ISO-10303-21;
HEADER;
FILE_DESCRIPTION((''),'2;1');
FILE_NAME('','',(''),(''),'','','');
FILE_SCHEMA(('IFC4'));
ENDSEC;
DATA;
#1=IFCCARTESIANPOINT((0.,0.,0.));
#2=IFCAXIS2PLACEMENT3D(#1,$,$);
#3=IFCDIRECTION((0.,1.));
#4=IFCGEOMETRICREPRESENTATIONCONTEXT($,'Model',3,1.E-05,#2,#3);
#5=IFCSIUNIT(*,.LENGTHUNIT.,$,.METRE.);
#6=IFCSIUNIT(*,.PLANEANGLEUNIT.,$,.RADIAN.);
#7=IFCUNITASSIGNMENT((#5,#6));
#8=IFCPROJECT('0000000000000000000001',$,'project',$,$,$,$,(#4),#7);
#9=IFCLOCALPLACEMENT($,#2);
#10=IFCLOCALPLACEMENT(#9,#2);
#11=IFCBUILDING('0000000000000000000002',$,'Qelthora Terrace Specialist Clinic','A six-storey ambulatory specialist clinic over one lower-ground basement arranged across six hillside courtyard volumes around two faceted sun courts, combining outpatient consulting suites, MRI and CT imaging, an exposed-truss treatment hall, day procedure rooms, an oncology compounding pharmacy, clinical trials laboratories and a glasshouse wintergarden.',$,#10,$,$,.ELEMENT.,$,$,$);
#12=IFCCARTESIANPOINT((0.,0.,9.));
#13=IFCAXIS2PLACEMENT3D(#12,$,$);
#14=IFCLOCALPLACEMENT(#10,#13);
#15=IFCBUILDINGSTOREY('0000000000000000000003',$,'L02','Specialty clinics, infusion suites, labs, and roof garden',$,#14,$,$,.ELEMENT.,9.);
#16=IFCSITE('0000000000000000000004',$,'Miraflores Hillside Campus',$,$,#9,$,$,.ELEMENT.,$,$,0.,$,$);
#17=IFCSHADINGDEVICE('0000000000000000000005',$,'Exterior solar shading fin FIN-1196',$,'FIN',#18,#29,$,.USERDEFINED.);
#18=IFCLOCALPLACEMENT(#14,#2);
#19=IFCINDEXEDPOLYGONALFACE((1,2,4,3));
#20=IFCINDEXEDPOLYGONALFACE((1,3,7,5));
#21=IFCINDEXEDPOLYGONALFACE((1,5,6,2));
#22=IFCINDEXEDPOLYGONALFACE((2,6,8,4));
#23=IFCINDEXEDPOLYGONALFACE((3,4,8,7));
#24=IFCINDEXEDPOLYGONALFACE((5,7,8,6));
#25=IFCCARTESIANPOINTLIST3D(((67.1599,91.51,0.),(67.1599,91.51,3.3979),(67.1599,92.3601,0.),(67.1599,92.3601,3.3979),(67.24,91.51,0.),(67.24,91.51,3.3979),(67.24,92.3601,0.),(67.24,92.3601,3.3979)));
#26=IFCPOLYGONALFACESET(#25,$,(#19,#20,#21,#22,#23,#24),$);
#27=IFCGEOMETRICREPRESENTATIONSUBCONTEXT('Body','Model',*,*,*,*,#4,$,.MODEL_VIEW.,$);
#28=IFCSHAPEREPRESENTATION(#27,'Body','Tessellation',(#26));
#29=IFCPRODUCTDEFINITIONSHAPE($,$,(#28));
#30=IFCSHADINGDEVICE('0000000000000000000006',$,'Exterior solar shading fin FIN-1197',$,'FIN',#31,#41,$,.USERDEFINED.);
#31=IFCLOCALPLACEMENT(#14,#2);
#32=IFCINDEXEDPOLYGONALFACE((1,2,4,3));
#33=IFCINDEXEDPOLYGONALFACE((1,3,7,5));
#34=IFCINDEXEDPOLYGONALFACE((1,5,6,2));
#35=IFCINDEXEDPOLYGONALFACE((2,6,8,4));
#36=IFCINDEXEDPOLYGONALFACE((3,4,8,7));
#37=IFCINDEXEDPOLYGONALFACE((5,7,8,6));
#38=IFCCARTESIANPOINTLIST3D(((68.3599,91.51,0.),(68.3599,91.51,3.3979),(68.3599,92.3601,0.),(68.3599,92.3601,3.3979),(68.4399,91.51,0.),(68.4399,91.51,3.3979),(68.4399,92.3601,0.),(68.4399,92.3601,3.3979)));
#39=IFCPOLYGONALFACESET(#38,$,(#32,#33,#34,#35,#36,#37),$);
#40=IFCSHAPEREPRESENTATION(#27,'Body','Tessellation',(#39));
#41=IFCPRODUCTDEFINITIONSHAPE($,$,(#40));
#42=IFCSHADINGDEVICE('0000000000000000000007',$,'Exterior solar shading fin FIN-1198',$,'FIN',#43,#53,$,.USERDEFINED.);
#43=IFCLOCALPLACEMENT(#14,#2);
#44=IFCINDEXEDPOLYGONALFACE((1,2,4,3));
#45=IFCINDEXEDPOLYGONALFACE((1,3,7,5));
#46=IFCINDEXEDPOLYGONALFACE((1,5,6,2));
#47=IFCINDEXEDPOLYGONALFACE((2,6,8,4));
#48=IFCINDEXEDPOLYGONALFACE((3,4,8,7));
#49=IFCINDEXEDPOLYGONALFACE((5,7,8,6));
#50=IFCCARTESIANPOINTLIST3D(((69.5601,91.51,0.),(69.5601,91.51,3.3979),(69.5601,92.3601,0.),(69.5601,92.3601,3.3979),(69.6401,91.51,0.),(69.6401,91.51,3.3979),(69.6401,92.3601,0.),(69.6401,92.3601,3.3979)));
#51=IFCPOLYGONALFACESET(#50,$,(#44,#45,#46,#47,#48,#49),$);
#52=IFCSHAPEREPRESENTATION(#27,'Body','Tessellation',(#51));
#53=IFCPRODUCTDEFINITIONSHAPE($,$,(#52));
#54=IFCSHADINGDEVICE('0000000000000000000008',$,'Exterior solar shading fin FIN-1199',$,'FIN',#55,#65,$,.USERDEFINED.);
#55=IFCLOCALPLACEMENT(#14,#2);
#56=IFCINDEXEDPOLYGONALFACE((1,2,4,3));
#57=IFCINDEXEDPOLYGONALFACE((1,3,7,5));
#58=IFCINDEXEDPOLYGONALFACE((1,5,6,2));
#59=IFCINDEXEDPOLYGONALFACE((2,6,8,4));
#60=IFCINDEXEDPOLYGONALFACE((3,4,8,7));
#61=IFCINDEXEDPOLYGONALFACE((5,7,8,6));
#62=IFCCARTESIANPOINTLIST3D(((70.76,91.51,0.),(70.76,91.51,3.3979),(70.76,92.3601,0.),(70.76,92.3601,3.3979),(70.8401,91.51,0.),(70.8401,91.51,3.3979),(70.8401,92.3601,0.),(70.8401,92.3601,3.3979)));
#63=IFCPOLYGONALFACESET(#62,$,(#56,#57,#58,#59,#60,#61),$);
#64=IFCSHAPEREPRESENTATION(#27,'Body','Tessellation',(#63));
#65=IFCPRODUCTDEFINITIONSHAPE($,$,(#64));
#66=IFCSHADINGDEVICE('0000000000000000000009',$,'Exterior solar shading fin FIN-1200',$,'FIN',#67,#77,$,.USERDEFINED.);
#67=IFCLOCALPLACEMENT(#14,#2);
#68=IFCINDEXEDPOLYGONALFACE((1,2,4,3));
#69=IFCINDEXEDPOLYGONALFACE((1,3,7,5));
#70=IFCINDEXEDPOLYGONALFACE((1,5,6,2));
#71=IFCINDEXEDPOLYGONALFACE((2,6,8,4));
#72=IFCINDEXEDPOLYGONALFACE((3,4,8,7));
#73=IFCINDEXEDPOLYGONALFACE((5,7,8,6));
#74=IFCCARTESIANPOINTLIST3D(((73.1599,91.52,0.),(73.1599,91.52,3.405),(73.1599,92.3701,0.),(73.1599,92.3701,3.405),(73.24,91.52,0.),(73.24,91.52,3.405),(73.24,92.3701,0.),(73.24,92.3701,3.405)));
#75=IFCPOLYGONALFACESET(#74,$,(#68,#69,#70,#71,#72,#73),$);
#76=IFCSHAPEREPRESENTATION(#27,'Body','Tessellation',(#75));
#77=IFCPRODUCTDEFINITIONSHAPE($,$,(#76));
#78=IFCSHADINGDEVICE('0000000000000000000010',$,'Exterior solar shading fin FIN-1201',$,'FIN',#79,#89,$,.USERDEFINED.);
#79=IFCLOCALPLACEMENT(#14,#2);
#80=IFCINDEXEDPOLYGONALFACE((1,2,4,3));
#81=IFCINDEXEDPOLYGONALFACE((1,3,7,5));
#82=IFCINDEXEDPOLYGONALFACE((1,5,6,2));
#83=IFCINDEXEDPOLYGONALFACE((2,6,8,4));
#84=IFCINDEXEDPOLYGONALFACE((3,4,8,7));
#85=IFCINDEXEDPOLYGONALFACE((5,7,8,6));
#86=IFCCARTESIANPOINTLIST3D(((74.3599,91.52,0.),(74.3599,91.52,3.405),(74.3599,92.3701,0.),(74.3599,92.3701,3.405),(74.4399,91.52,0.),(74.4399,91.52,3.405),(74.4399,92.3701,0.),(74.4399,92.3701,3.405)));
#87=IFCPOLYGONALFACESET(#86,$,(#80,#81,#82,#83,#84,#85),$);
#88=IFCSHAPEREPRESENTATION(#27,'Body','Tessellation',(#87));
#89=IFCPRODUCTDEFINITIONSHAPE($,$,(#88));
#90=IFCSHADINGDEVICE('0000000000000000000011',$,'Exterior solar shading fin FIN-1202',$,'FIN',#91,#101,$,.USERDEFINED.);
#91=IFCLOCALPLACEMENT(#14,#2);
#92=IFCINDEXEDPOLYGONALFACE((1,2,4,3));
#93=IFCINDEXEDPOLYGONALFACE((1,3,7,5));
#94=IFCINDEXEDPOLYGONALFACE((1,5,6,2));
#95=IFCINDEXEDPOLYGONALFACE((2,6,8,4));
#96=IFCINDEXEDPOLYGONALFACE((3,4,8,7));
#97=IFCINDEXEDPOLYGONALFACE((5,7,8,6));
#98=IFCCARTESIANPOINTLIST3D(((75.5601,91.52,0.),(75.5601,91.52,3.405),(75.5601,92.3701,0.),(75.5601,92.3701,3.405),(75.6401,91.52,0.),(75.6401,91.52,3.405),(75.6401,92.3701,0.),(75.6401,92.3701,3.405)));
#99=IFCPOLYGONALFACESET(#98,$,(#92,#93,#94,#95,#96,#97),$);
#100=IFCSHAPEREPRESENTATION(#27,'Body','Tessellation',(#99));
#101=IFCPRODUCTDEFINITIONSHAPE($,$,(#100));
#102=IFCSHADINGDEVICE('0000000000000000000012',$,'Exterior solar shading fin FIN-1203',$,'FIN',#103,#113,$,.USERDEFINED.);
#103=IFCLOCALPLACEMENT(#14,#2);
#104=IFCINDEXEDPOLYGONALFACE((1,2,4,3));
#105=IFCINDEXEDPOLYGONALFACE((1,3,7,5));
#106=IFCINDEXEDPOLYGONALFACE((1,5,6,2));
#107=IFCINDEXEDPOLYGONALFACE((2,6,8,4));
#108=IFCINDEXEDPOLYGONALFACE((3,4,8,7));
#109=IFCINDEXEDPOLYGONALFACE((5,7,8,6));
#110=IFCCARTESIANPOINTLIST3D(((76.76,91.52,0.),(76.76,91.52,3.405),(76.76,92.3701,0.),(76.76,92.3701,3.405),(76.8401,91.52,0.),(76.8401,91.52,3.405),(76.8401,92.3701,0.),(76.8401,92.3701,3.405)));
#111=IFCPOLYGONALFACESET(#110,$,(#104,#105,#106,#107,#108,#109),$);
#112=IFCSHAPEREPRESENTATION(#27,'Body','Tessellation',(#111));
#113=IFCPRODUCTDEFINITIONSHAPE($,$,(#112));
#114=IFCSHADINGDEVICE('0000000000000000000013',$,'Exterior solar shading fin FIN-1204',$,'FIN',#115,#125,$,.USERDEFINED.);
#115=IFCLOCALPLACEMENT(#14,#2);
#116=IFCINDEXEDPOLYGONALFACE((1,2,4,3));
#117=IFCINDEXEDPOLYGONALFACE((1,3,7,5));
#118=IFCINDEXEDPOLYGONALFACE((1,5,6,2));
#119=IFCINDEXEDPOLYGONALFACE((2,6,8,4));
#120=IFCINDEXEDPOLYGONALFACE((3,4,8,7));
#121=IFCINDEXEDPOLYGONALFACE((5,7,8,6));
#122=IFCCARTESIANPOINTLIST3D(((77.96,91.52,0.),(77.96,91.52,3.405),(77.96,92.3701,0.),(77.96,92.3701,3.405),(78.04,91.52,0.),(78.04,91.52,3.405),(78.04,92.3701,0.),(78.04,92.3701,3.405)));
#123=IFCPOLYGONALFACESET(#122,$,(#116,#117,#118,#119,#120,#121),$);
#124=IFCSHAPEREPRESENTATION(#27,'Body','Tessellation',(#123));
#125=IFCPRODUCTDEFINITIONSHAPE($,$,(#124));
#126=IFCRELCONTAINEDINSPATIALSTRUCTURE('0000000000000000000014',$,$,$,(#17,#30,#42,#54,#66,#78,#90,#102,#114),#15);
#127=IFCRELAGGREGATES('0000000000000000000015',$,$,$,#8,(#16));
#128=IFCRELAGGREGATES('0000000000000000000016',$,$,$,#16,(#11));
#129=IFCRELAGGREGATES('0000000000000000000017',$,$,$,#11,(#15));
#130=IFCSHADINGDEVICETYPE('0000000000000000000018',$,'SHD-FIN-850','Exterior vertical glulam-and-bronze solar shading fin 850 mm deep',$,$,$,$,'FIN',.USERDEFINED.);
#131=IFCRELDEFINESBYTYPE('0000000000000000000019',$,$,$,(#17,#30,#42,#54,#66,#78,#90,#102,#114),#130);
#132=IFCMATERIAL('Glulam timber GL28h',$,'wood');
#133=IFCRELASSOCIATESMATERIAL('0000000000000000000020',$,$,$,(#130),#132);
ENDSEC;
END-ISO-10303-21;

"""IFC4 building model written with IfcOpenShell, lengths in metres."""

from ifc_helpers import new_model, si_unit, direction, frame, origin, origin_2d, place, context, subcontext, project, spatial, rectangle, extrude, material, type_object, element, save


model = new_model("IFC4")

# Units and contexts
model_context = context("Model", 3, precision=1e-05, world=origin(), true_north=direction((0.0, 1.0)))
body_context = subcontext(model_context, "Body", "Model", "MODEL_VIEW")
ifc_project = project(units=[si_unit("LENGTHUNIT", "METRE"), si_unit("PLANEANGLEUNIT", "RADIAN")], contexts=[model_context])

# Site, building, storey
site_placement = place(None, origin())
site = spatial("IfcSite", under=ifc_project, at=site_placement, Name="Miraflores Hillside Campus", CompositionType="ELEMENT", RefElevation=0.0)
building_placement = place(site_placement, origin())
building = spatial("IfcBuilding", under=site, at=building_placement, Name="Qelthora Terrace Specialist Clinic", Description="A six-storey ambulatory specialist clinic over one lower-ground basement arranged across six hillside courtyard volumes around two faceted sun courts, combining outpatient consulting suites, MRI and CT imaging, an exposed-truss treatment hall, day procedure rooms, an oncology compounding pharmacy, clinical trials laboratories and a glasshouse wintergarden.", CompositionType="ELEMENT")
storey_placement = place(building_placement, frame((0.0, 0.0, 9.0)))
storey = spatial("IfcBuildingStorey", under=building, at=storey_placement, Name="L02", Description="Specialty clinics, infusion suites, labs, and roof garden", CompositionType="ELEMENT", Elevation=9.0)

# Shading devices
ifc_material_1 = material(Name="Glulam timber GL28h", Category="wood")
shading_device_type = type_object("IfcShadingDeviceType", Name="SHD-FIN-850", Description="Exterior vertical glulam-and-bronze solar shading fin 850 mm deep", ElementType="FIN", PredefinedType="USERDEFINED", material=ifc_material_1)
for number, where, z_axis, x_axis, name in (
    (1, (67.2, 91.9351, 0.0), (0.0, 0.0, 1.0), (0.0, -1.0, 0.0), "Exterior solar shading fin FIN-1196"),
    (2, (68.3999, 91.9351, 0.0), (0.0, 0.0, 1.0), (0.0, -1.0, 0.0), "Exterior solar shading fin FIN-1197"),
    (3, (69.6001, 91.9351, 0.0), (0.0, 0.0, 1.0), (0.0, -1.0, 0.0), "Exterior solar shading fin FIN-1198"),
    (4, (70.8, 91.9351, 0.0), (0.0, 0.0, 1.0), (0.0, -1.0, 0.0), "Exterior solar shading fin FIN-1199"),
):
    element("IfcShadingDevice", number, at=place(storey_placement, frame(where, z_axis=z_axis, x_axis=x_axis)), inside=storey, type_object=shading_device_type, Name=name, ObjectType="FIN", PredefinedType="USERDEFINED", context=body_context, shape_type="SweptSolid", body=[
        extrude(rectangle(XDim=0.8501, YDim=0.0801, at=origin_2d()), origin(), (0.0, 0.0, 1.0), 3.3979),
    ])
for number, where, z_axis, x_axis, name in (
    (5, (73.2, 91.9451, 0.0), (0.0, 0.0, 1.0), (0.0, -1.0, 0.0), "Exterior solar shading fin FIN-1200"),
    (6, (74.3999, 91.9451, 0.0), (0.0, 0.0, 1.0), (0.0, -1.0, 0.0), "Exterior solar shading fin FIN-1201"),
    (7, (75.6001, 91.9451, 0.0), (0.0, 0.0, 1.0), (0.0, -1.0, 0.0), "Exterior solar shading fin FIN-1202"),
    (8, (76.8, 91.9451, 0.0), (0.0, 0.0, 1.0), (0.0, -1.0, 0.0), "Exterior solar shading fin FIN-1203"),
    (9, (78.0, 91.9451, 0.0), (0.0, 0.0, 1.0), (0.0, -1.0, 0.0), "Exterior solar shading fin FIN-1204"),
):
    element("IfcShadingDevice", number, at=place(storey_placement, frame(where, z_axis=z_axis, x_axis=x_axis)), inside=storey, type_object=shading_device_type, Name=name, ObjectType="FIN", PredefinedType="USERDEFINED", context=body_context, shape_type="SweptSolid", body=[
        extrude(rectangle(XDim=0.8501, YDim=0.0801, at=origin_2d()), origin(), (0.0, 0.0, 1.0), 3.405),
    ])

save(model, "model.ifc")
